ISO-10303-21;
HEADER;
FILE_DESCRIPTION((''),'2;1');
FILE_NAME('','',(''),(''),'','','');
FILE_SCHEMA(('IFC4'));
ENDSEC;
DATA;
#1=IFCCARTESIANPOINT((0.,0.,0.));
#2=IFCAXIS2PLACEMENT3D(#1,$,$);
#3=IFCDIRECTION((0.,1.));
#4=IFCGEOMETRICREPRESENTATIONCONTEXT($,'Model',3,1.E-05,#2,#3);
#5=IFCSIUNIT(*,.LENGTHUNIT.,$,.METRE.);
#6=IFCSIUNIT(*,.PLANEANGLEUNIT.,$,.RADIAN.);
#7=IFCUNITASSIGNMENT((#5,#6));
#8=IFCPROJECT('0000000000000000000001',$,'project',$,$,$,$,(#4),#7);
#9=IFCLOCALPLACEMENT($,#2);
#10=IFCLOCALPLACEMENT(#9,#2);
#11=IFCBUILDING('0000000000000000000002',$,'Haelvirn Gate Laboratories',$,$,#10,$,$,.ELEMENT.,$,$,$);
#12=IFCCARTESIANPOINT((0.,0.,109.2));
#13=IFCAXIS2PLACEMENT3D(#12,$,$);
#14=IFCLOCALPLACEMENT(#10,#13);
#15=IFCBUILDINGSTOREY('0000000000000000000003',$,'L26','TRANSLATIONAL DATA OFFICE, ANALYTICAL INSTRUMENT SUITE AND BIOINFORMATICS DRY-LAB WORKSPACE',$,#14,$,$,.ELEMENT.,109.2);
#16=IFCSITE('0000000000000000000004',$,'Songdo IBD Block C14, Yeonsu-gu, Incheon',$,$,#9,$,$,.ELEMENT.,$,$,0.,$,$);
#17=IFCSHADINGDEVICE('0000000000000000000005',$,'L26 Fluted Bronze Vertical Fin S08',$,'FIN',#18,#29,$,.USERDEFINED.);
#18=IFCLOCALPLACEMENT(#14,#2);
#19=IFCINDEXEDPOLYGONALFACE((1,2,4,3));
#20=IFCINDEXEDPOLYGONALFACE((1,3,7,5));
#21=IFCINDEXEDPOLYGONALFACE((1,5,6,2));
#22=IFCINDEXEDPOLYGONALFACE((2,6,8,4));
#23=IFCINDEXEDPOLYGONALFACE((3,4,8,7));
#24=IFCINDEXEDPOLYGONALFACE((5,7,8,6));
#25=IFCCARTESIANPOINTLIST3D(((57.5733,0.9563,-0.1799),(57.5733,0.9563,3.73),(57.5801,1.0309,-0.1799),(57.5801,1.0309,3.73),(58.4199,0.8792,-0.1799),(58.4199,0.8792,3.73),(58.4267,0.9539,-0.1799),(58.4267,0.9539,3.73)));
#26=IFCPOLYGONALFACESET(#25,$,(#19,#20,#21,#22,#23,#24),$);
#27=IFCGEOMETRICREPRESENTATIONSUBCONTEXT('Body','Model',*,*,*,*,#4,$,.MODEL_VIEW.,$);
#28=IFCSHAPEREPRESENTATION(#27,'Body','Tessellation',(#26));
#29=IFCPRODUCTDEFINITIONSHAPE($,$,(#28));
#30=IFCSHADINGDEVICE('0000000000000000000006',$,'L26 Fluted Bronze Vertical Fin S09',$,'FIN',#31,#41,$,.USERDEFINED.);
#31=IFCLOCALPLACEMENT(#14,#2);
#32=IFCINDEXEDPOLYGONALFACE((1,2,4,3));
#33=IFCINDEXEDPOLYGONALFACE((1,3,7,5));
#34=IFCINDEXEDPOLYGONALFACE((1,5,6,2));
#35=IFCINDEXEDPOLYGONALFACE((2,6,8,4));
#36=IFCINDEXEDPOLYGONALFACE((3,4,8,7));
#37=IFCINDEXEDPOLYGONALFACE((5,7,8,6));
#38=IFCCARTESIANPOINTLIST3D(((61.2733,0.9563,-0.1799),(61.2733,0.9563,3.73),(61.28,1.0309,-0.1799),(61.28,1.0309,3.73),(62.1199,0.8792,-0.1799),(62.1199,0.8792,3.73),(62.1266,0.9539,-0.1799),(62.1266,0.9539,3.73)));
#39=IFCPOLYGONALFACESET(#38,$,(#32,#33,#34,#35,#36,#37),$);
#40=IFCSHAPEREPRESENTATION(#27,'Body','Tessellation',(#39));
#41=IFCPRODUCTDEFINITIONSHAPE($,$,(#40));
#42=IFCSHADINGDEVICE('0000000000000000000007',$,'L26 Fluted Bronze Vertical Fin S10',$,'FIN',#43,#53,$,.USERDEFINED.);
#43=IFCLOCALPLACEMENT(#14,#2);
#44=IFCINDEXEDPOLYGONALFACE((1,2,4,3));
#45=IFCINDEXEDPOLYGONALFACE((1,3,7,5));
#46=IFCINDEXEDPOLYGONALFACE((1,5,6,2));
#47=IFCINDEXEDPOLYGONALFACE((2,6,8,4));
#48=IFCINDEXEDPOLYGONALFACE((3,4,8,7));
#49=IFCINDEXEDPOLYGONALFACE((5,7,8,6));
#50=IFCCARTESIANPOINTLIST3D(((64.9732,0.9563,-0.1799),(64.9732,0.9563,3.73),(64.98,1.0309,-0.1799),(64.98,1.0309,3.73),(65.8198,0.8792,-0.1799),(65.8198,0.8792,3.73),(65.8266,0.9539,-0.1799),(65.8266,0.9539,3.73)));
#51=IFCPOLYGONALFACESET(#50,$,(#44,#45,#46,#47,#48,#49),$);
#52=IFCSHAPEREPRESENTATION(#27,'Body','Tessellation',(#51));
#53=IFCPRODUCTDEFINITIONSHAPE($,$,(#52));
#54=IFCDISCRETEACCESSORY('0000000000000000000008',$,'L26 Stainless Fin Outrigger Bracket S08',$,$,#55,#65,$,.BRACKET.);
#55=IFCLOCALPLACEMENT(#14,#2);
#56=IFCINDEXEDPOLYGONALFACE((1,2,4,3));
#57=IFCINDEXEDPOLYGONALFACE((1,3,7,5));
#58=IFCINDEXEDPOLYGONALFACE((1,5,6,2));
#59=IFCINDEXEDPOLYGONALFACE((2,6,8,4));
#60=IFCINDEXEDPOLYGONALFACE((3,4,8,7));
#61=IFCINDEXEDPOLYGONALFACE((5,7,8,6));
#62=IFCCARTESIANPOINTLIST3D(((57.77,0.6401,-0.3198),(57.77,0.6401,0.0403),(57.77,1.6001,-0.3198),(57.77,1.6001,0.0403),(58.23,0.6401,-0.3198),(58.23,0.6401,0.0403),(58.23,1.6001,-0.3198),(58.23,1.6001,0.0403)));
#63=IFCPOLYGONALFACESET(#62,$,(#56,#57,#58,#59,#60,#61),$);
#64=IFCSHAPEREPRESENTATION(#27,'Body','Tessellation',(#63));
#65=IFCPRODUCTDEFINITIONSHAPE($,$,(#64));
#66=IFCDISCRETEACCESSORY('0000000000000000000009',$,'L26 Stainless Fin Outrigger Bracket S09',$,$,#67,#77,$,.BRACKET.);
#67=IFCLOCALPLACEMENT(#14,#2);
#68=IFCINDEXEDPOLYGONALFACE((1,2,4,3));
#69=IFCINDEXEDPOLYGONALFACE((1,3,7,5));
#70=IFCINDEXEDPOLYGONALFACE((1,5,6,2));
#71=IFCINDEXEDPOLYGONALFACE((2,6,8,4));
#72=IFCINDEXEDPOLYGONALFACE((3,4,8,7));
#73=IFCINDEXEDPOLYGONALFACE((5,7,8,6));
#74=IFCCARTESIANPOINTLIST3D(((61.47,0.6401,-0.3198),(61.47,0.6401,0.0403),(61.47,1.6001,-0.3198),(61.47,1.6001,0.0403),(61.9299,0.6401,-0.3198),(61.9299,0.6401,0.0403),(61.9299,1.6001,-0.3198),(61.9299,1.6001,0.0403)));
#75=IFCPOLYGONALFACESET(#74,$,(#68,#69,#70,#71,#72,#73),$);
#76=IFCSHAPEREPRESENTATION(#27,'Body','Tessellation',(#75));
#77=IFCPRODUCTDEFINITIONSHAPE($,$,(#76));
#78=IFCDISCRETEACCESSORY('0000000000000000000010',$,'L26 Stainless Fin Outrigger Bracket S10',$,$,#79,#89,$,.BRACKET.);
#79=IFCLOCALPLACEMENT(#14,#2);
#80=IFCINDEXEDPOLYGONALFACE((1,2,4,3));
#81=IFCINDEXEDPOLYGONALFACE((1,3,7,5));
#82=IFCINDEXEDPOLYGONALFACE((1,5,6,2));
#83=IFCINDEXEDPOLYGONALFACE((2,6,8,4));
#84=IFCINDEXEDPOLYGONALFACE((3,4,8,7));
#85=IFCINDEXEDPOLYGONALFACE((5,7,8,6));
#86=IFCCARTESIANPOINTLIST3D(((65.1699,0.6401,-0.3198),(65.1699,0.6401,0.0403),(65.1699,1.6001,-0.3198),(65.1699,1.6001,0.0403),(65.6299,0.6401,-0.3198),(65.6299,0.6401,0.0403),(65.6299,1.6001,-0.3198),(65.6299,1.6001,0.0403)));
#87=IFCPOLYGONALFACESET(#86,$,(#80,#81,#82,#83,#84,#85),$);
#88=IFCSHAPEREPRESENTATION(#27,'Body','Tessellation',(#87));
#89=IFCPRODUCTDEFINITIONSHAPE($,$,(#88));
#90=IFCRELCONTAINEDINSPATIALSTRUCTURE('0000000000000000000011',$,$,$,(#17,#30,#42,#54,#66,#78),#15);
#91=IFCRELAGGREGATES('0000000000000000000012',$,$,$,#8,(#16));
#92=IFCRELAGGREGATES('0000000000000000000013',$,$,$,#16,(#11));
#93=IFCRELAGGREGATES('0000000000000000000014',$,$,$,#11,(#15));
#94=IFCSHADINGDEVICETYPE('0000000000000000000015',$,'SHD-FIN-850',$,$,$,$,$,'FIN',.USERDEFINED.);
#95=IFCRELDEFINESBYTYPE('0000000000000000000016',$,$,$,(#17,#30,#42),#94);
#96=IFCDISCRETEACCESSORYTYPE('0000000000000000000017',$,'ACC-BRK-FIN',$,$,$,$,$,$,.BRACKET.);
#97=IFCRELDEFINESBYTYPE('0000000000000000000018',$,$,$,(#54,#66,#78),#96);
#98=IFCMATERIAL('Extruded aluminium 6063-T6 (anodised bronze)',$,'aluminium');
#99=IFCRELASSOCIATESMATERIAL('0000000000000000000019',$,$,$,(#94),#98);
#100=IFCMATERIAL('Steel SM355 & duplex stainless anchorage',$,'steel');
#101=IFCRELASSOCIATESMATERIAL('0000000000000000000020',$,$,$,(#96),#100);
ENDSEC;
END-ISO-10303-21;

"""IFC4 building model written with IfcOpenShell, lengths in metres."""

from ifc_helpers import new_model, si_unit, direction, frame, origin, origin_2d, place, context, subcontext, project, spatial, rectangle, extrude, source, transform, mapped, material, material_profile, profile_set, type_object, type_shapes, element, save


model = new_model("IFC4")

# Units and contexts
model_context = context("Model", 3, precision=1e-05, world=origin(), true_north=direction((0.0, 1.0)))
body_context = subcontext(model_context, "Body", "Model", "MODEL_VIEW")
ifc_project = project(units=[si_unit("LENGTHUNIT", "METRE"), si_unit("PLANEANGLEUNIT", "RADIAN")], contexts=[model_context])

# Site, building, storey
site_placement = place(None, origin())
site = spatial("IfcSite", under=ifc_project, at=site_placement, Name="Songdo IBD Block C14, Yeonsu-gu, Incheon", CompositionType="ELEMENT", RefElevation=0.0)
building_placement = place(site_placement, origin())
building = spatial("IfcBuilding", under=site, at=building_placement, Name="Haelvirn Gate Laboratories", CompositionType="ELEMENT")
storey_placement = place(building_placement, frame((0.0, 0.0, 109.2)))
storey = spatial("IfcBuildingStorey", under=building, at=storey_placement, Name="L26", Description="TRANSLATIONAL DATA OFFICE, ANALYTICAL INSTRUMENT SUITE AND BIOINFORMATICS DRY-LAB WORKSPACE", CompositionType="ELEMENT", Elevation=109.2)

# Shared definitions
ifc_material_1 = material(Name="Extruded aluminium 6063-T6 (anodised bronze)", Category="aluminium")

# Shading devices
ifc_material_profile_1 = material_profile(ifc_material_1, rectangle(XDim=0.075, YDim=0.8501, at=origin_2d()), Name="FIN-850x75")
ifc_profile_set_1 = profile_set([ifc_material_profile_1], Name="Extruded aluminium 6063-T6 (anodised bronze)")
shading_device_type = type_object("IfcShadingDeviceType", Name="SHD-FIN-850", ElementType="FIN", PredefinedType="USERDEFINED", material=ifc_profile_set_1)
shared_shape_1 = source(origin(), body_context, "Body", "SweptSolid", [
    extrude(rectangle(XDim=0.075, YDim=0.8501, at=origin_2d()), origin(), (0.0, 0.0, 1.0), 3.9099),
])
type_shapes(shading_device_type, [shared_shape_1])
for number, where, z_axis, x_axis, name in (
    (1, (58.0, 0.9551, -0.1799), (0.0, 0.0, 1.0), (0.090633, 0.995884, 0.0), "L26 Fluted Bronze Vertical Fin S08"),
    (2, (61.7, 0.9551, -0.1799), (0.0, 0.0, 1.0), (0.090633, 0.995884, 0.0), "L26 Fluted Bronze Vertical Fin S09"),
    (3, (65.3999, 0.9551, -0.1799), (0.0, 0.0, 1.0), (0.090633, 0.995884, 0.0), "L26 Fluted Bronze Vertical Fin S10"),
):
    element("IfcShadingDevice", number, at=place(storey_placement, frame(where, z_axis=z_axis, x_axis=x_axis)), inside=storey, type_object=shading_device_type, Name=name, ObjectType="FIN", PredefinedType="USERDEFINED", context=body_context, shape_type="MappedRepresentation", body=[
        mapped(shared_shape_1, transform((0.0, 0.0, 0.0), scale=1.0)),
    ])

# Discrete accessories
ifc_material_2 = material(Name="Steel SM355 & duplex stainless anchorage", Category="steel")
discrete_accessory_type = type_object("IfcDiscreteAccessoryType", Name="ACC-BRK-FIN", PredefinedType="BRACKET", material=ifc_material_2)
shared_shape_2 = source(origin(), body_context, "Body", "SweptSolid", [
    extrude(rectangle(XDim=0.46, YDim=0.96, at=origin_2d()), origin(), (0.0, 0.0, 1.0), 0.3601),
])
type_shapes(discrete_accessory_type, [shared_shape_2])
for number, where, z_axis, x_axis, name in (
    (4, (58.0, 1.1201, -0.3198), (0.0, 0.0, 1.0), (1.0, 0.0, 0.0), "L26 Stainless Fin Outrigger Bracket S08"),
    (5, (61.7, 1.1201, -0.3198), (0.0, 0.0, 1.0), (1.0, 0.0, 0.0), "L26 Stainless Fin Outrigger Bracket S09"),
    (6, (65.3999, 1.1201, -0.3198), (0.0, 0.0, 1.0), (1.0, 0.0, 0.0), "L26 Stainless Fin Outrigger Bracket S10"),
):
    element("IfcDiscreteAccessory", number, at=place(storey_placement, frame(where, z_axis=z_axis, x_axis=x_axis)), inside=storey, type_object=discrete_accessory_type, Name=name, PredefinedType="BRACKET", context=body_context, shape_type="MappedRepresentation", body=[
        mapped(shared_shape_2, transform((0.0, 0.0, 0.0), scale=1.0)),
    ])

save(model, "model.ifc")
